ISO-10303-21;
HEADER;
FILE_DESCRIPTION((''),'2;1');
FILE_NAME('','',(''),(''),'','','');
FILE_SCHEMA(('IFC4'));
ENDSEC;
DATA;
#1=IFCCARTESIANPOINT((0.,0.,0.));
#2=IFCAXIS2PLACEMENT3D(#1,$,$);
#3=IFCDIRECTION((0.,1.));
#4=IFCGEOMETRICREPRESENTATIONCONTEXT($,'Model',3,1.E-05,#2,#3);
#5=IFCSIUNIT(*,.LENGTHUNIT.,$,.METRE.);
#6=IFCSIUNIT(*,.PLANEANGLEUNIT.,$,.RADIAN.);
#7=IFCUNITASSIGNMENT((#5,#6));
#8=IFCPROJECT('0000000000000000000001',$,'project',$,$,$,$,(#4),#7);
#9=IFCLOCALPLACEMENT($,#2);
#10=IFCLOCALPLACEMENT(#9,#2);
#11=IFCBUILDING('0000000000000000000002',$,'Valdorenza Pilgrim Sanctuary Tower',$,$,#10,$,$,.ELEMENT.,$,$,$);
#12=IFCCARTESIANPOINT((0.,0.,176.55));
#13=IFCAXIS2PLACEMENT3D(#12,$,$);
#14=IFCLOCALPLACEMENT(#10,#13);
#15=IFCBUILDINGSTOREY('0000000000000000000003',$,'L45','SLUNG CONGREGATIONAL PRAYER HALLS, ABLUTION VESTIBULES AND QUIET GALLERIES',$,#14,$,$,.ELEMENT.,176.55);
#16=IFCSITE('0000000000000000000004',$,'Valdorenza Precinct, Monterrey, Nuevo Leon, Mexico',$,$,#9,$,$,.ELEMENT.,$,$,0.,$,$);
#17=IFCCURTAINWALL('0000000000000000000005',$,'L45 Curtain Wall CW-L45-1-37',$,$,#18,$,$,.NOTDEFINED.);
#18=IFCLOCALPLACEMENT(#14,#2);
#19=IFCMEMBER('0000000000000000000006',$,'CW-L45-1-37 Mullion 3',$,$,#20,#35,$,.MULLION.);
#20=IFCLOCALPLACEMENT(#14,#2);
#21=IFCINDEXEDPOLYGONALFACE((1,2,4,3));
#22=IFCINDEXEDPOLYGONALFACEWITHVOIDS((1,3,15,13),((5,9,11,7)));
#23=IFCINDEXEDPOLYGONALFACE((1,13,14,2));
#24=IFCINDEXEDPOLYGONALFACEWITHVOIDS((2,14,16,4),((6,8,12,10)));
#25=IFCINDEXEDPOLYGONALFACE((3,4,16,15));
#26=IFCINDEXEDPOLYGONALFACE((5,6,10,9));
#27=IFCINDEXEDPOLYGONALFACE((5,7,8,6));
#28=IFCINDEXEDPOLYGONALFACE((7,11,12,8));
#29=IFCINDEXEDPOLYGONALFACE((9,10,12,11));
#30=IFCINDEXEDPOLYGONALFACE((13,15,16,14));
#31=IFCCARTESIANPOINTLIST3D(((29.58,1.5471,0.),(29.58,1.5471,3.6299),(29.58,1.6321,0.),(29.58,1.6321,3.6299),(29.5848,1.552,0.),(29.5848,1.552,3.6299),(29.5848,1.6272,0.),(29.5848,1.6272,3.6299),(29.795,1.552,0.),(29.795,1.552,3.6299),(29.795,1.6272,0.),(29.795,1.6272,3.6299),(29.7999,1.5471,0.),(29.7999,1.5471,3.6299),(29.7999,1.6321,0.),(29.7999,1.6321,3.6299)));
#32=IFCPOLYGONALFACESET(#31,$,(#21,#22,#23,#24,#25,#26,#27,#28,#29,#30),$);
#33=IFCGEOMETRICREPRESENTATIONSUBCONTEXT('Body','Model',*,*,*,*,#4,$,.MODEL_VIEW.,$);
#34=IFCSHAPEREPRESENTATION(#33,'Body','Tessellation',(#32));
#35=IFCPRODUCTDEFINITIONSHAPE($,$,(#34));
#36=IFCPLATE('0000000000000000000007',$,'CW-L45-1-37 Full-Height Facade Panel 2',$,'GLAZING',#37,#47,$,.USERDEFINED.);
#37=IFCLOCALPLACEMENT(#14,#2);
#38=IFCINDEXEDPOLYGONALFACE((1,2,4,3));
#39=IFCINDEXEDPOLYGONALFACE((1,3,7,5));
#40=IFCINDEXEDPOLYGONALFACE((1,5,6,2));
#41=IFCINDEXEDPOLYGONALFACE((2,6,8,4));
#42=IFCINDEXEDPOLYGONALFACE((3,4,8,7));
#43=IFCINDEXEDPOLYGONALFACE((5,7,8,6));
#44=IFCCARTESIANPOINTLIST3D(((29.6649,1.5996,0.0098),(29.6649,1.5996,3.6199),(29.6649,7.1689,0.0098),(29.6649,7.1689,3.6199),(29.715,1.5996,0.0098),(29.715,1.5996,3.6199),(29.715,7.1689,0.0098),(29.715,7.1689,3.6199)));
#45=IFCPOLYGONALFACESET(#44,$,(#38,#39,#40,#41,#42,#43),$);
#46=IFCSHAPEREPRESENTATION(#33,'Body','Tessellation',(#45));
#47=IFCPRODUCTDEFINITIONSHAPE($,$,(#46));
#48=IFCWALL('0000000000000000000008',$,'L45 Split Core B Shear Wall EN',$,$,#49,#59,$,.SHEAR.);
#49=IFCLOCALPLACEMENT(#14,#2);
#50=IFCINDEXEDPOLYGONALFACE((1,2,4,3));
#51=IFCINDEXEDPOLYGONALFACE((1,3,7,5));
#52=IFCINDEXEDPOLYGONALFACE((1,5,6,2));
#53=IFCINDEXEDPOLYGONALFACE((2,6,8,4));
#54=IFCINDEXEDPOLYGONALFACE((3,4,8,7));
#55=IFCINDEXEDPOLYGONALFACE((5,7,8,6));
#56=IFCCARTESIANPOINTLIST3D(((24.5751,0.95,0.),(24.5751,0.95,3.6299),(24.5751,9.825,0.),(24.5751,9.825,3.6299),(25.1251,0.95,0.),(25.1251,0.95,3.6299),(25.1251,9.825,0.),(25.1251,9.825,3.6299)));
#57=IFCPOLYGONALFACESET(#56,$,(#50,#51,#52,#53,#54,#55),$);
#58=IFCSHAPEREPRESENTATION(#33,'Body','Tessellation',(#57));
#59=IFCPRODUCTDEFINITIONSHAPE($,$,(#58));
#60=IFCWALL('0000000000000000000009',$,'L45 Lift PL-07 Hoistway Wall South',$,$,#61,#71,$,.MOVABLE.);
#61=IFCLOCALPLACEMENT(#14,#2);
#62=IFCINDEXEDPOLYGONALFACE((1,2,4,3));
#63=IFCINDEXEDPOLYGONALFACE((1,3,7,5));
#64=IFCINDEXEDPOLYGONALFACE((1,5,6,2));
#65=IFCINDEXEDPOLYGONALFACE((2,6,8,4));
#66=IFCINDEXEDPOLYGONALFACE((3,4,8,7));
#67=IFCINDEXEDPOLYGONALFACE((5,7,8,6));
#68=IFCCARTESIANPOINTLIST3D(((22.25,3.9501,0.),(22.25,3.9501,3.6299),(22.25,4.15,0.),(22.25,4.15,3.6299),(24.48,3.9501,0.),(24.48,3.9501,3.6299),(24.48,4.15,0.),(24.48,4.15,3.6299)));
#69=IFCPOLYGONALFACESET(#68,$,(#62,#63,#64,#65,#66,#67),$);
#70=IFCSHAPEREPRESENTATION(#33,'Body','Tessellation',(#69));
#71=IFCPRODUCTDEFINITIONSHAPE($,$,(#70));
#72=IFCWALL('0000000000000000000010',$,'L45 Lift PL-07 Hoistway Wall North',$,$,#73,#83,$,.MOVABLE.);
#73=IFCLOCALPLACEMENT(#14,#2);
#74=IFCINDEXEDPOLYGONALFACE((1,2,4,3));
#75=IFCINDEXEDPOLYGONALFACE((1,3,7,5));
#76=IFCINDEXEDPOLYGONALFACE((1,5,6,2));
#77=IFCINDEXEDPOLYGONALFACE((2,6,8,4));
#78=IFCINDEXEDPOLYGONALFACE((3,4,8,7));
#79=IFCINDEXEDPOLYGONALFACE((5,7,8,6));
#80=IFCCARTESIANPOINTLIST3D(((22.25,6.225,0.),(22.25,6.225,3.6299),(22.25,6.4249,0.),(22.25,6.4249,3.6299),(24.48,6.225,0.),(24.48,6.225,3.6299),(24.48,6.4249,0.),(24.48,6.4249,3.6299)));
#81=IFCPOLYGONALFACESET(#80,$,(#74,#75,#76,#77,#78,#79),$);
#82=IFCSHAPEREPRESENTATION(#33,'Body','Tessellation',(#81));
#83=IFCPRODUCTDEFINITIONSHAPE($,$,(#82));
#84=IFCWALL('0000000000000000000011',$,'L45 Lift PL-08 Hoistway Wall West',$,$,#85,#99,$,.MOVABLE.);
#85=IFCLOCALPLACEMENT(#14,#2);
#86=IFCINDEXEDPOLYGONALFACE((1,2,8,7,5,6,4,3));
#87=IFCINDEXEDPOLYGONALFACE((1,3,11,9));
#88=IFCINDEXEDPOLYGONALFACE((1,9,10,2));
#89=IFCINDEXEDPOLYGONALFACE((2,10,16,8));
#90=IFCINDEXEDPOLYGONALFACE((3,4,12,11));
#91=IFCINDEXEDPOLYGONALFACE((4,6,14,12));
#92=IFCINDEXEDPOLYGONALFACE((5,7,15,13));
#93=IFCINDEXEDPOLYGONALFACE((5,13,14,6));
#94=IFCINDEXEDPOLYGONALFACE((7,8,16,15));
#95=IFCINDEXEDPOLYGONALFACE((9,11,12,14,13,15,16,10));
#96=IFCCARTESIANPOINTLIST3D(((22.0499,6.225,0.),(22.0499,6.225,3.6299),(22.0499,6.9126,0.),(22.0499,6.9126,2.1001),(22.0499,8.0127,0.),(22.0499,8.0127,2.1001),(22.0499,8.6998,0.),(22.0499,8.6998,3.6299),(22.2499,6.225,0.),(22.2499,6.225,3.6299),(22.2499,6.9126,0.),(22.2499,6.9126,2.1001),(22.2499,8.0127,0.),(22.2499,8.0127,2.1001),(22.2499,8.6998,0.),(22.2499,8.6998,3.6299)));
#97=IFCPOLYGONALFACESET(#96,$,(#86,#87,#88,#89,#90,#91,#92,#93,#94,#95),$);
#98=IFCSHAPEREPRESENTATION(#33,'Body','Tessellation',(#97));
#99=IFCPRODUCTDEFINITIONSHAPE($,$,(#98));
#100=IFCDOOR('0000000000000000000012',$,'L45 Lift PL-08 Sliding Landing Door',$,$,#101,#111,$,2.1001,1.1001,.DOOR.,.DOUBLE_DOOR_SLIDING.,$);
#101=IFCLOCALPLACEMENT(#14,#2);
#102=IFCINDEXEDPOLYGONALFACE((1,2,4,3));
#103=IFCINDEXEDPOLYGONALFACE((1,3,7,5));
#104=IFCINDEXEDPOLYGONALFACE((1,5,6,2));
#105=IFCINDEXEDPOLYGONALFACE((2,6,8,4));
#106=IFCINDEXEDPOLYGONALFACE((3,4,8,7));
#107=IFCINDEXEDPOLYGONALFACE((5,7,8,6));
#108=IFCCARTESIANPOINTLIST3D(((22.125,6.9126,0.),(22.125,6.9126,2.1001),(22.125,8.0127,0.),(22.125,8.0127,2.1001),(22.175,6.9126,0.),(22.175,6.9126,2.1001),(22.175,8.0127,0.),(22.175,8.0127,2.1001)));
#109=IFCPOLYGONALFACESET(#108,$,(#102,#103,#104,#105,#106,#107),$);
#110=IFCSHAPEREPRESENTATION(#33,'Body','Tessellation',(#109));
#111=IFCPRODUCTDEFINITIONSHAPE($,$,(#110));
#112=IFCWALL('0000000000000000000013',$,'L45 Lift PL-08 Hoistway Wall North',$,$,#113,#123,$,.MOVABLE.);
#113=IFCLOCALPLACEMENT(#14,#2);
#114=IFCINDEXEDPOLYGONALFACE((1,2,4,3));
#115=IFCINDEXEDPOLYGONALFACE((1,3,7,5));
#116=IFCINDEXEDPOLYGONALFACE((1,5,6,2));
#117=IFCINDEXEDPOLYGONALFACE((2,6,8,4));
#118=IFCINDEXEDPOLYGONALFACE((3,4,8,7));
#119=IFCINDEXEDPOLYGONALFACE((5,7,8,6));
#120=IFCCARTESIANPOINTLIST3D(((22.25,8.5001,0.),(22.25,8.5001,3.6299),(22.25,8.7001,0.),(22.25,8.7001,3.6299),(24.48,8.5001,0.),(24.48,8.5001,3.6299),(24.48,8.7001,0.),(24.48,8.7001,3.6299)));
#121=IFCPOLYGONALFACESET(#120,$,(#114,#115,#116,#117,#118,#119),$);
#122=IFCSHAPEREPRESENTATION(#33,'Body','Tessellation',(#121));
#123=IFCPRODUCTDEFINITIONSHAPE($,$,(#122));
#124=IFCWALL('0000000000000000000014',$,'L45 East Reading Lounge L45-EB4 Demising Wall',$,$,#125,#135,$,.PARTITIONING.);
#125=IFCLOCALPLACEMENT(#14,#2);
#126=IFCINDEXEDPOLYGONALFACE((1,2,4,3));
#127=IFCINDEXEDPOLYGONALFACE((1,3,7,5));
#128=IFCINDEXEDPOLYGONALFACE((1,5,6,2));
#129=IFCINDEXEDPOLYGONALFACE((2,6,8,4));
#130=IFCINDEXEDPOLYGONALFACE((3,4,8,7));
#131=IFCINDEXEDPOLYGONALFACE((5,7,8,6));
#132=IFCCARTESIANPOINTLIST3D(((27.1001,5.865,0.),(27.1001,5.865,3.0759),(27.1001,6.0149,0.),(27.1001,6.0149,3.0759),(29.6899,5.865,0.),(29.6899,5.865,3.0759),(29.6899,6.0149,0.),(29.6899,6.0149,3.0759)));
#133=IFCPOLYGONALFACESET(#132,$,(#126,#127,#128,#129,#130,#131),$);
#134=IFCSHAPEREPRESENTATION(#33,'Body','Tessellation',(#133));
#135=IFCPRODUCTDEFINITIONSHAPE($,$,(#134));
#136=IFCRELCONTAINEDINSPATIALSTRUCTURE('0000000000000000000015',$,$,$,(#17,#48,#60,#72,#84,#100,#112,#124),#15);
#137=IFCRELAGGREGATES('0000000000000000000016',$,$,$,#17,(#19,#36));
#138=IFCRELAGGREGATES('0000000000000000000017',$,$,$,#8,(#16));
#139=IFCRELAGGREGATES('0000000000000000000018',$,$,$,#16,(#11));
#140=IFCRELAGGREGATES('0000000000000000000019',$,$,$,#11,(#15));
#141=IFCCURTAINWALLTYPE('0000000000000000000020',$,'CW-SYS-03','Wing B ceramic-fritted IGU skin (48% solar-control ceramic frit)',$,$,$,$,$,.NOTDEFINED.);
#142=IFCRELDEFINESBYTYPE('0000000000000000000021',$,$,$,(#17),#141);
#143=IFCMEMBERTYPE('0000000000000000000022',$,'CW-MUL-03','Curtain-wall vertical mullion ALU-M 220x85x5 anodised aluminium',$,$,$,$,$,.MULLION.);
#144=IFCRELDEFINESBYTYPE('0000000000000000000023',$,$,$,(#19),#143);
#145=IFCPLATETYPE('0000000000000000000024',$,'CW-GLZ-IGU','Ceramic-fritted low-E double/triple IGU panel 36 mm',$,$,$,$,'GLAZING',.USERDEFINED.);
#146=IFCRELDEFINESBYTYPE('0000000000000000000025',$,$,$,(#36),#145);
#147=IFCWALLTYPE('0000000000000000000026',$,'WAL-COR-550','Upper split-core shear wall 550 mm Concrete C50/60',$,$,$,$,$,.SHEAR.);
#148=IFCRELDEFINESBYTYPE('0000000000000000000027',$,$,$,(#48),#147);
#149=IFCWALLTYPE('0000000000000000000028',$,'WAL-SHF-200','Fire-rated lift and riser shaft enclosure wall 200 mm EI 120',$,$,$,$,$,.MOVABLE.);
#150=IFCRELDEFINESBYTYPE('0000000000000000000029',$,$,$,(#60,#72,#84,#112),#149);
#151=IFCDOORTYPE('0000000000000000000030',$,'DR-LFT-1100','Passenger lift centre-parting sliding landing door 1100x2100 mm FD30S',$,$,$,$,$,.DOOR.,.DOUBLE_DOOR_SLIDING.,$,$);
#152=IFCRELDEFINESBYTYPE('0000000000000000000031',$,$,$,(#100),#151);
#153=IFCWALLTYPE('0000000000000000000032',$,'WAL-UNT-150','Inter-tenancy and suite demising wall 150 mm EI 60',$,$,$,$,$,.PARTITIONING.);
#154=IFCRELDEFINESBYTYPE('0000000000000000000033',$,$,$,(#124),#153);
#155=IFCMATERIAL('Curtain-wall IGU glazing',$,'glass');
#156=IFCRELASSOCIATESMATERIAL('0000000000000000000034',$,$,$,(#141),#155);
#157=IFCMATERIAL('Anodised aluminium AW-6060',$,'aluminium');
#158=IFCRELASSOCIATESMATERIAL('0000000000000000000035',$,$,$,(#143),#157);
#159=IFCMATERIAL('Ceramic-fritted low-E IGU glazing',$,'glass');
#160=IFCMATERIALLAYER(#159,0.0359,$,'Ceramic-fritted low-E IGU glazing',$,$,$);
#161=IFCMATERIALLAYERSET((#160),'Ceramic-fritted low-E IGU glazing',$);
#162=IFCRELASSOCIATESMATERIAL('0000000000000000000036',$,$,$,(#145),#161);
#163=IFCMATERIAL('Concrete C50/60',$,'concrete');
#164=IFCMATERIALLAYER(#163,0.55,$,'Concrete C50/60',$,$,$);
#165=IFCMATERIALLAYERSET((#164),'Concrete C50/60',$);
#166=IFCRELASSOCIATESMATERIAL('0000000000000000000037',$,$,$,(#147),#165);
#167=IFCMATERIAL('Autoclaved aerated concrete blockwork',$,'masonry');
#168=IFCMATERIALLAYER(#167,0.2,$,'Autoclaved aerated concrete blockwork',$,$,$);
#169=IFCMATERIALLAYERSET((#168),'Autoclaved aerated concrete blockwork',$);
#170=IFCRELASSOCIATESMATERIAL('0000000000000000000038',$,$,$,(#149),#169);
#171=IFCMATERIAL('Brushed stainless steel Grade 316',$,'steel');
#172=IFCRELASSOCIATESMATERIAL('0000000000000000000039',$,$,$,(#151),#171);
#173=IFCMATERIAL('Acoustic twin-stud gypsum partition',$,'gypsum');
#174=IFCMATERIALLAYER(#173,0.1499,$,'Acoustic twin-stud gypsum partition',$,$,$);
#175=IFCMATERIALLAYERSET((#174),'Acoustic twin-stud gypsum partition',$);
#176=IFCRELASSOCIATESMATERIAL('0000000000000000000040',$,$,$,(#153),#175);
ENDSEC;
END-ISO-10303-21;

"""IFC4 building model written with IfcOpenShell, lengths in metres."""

from ifc_helpers import new_model, si_unit, direction, frame, frame_2d, origin, origin_2d, place, context, subcontext, project, spatial, rectangle, hollow_rectangle, extrude, source, transform, mapped, material, layer, layer_set, material_profile, profile_set, type_object, element, fill, aggregate, save


model = new_model("IFC4")

# Units and contexts
model_context = context("Model", 3, precision=1e-05, world=origin(), true_north=direction((0.0, 1.0)))
body_context = subcontext(model_context, "Body", "Model", "MODEL_VIEW")
ifc_project = project(units=[si_unit("LENGTHUNIT", "METRE"), si_unit("PLANEANGLEUNIT", "RADIAN")], contexts=[model_context])

# Site, building, storey
site_placement = place(None, origin())
site = spatial("IfcSite", under=ifc_project, at=site_placement, Name="Valdorenza Precinct, Monterrey, Nuevo Leon, Mexico", CompositionType="ELEMENT", RefElevation=0.0)
building_placement = place(site_placement, origin())
building = spatial("IfcBuilding", under=site, at=building_placement, Name="Valdorenza Pilgrim Sanctuary Tower", CompositionType="ELEMENT")
storey_placement = place(building_placement, frame((0.0, 0.0, 176.55)))
storey = spatial("IfcBuildingStorey", under=building, at=storey_placement, Name="L45", Description="SLUNG CONGREGATIONAL PRAYER HALLS, ABLUTION VESTIBULES AND QUIET GALLERIES", CompositionType="ELEMENT", Elevation=176.55)

# Curtain wall, member, plate
ifc_material_1 = material(Name="Curtain-wall IGU glazing", Category="glass")
curtain_wall_type = type_object("IfcCurtainWallType", Name="CW-SYS-03", Description="Wing B ceramic-fritted IGU skin (48% solar-control ceramic frit)", PredefinedType="NOTDEFINED", material=ifc_material_1)
curtain_wall_placement = place(storey_placement, origin())
curtain_wall = element("IfcCurtainWall", 1, at=curtain_wall_placement, inside=storey, type_object=curtain_wall_type, Name="L45 Curtain Wall CW-L45-1-37", PredefinedType="NOTDEFINED")
ifc_material_2 = material(Name="Anodised aluminium AW-6060", Category="aluminium")
ifc_material_profile_1 = material_profile(ifc_material_2, hollow_rectangle(XDim=0.085, YDim=0.22, WallThickness=0.0049, at=origin_2d()), Name="ALU-M 220x85x5")
ifc_profile_set_1 = profile_set([ifc_material_profile_1], Name="Anodised aluminium AW-6060")
member_type = type_object("IfcMemberType", Name="CW-MUL-03", Description="Curtain-wall vertical mullion ALU-M 220x85x5 anodised aluminium", PredefinedType="MULLION", material=ifc_profile_set_1)
shared_shape_1 = source(origin(), body_context, "Body", "SweptSolid", [
    extrude(hollow_rectangle(XDim=0.085, YDim=0.22, WallThickness=0.0049, at=origin_2d()), origin(), (0.0, 0.0, 1.0), 3.6299),
])
member_1_placement = place(storey_placement, frame((29.6899, 1.5896, 0.0), z_axis=(0.0, 0.0, 1.0), x_axis=(0.0, -1.0, 0.0)))
member_1 = element("IfcMember", 2, at=member_1_placement, type_object=member_type, Name="CW-L45-1-37 Mullion 3", PredefinedType="MULLION", context=body_context, shape_type="MappedRepresentation", body=[
    mapped(shared_shape_1, transform((0.0, 0.0, 0.0), x_axis=(1.0, 0.0, 0.0), y_axis=(0.0, 1.0, 0.0), z_axis=(0.0, 0.0, 1.0), scale=1.0)),
])
ifc_material_3 = material(Name="Ceramic-fritted low-E IGU glazing", Category="glass")
ifc_layer_1 = layer(ifc_material_3, 0.0359, Name="Ceramic-fritted low-E IGU glazing")
ifc_layer_set_1 = layer_set([ifc_layer_1], Name="Ceramic-fritted low-E IGU glazing")
plate_type = type_object("IfcPlateType", Name="CW-GLZ-IGU", Description="Ceramic-fritted low-E double/triple IGU panel 36 mm", ElementType="GLAZING", PredefinedType="USERDEFINED", material=ifc_layer_set_1)
shared_shape_2 = source(origin(), body_context, "Body", "SweptSolid", [
    extrude(rectangle(XDim=5.5693, YDim=0.05, at=origin_2d()), origin(), (0.0, 0.0, 1.0), 3.6101),
])
plate_placement = place(storey_placement, frame((29.6899, 4.3843, 0.0098), z_axis=(0.0, 0.0, 1.0), x_axis=(0.0, -1.0, 0.0)))
plate = element("IfcPlate", 3, at=plate_placement, type_object=plate_type, Name="CW-L45-1-37 Full-Height Facade Panel 2", ObjectType="GLAZING", PredefinedType="USERDEFINED", context=body_context, shape_type="MappedRepresentation", body=[
    mapped(shared_shape_2, transform((0.0, 0.0, 0.0), x_axis=(1.0, 0.0, 0.0), y_axis=(0.0, 1.0, 0.0), z_axis=(0.0, 0.0, 1.0), scale=1.0)),
])
aggregate(curtain_wall, [member_1, plate])

# Walls
ifc_material_4 = material(Name="Concrete C50/60", Category="concrete")
ifc_layer_2 = layer(ifc_material_4, 0.55, Name="Concrete C50/60")
ifc_layer_set_2 = layer_set([ifc_layer_2], Name="Concrete C50/60")
wall_type_1 = type_object("IfcWallType", Name="WAL-COR-550", Description="Upper split-core shear wall 550 mm Concrete C50/60", PredefinedType="SHEAR", material=ifc_layer_set_2)
wall_1_placement = place(storey_placement, frame((24.8501, 0.95, 0.0), z_axis=(0.0, 0.0, 1.0), x_axis=(0.0, 1.0, 0.0)))
element("IfcWall", 4, at=wall_1_placement, inside=storey, type_object=wall_type_1, Name="L45 Split Core B Shear Wall EN", PredefinedType="SHEAR", context=body_context, shape_type="SweptSolid", body=[
    extrude(rectangle(XDim=8.875, YDim=0.55, at=frame_2d((4.4375, 0.0))), origin(), (0.0, 0.0, 1.0), 3.6299),
])
ifc_material_5 = material(Name="Autoclaved aerated concrete blockwork", Category="masonry")
ifc_layer_3 = layer(ifc_material_5, 0.2, Name="Autoclaved aerated concrete blockwork")
ifc_layer_set_3 = layer_set([ifc_layer_3], Name="Autoclaved aerated concrete blockwork")
wall_type_2 = type_object("IfcWallType", Name="WAL-SHF-200", Description="Fire-rated lift and riser shaft enclosure wall 200 mm EI 120", PredefinedType="MOVABLE", material=ifc_layer_set_3)
for number, where, z_axis, x_axis, name in (
    (5, (22.25, 4.05, 0.0), (0.0, 0.0, 1.0), (1.0, 0.0, 0.0), "L45 Lift PL-07 Hoistway Wall South"),
    (6, (22.25, 6.325, 0.0), (0.0, 0.0, 1.0), (1.0, 0.0, 0.0), "L45 Lift PL-07 Hoistway Wall North"),
):
    element("IfcWall", number, at=place(storey_placement, frame(where, z_axis=z_axis, x_axis=x_axis)), inside=storey, type_object=wall_type_2, Name=name, PredefinedType="MOVABLE", context=body_context, shape_type="SweptSolid", body=[
        extrude(rectangle(XDim=2.23, YDim=0.2, at=frame_2d((1.115, 0.0))), origin(), (0.0, 0.0, 1.0), 3.6299),
    ])

# Wall, opening, door
wall_2_placement = place(storey_placement, frame((22.1499, 6.2251, 0.0), z_axis=(0.0, 0.0, 1.0), x_axis=(0.0, 1.0, 0.0)))
wall_2 = element("IfcWall", 7, at=wall_2_placement, inside=storey, type_object=wall_type_2, Name="L45 Lift PL-08 Hoistway Wall West", PredefinedType="MOVABLE", context=body_context, shape_type="SweptSolid", body=[
    extrude(rectangle(XDim=2.4749, YDim=0.2, at=frame_2d((1.2373, 0.0))), origin(), (0.0, 0.0, 1.0), 3.6299),
])
opening_placement = place(wall_2_placement, frame((0.6875, 0.0, 0.0)))
opening = element("IfcOpeningElement", 8, at=opening_placement, cuts=wall_2, PredefinedType="OPENING", context=body_context, shape_type="SweptSolid", body=[
    extrude(rectangle(XDim=1.1001, YDim=2.1001, at=frame_2d((0.55, 1.05))), frame((0.0, 0.1147, 0.0), z_axis=(0.0, -1.0, 0.0), x_axis=(1.0, 0.0, 0.0)), (0.0, 0.0, 1.0), 0.2297),
])
ifc_material_6 = material(Name="Brushed stainless steel Grade 316", Category="steel")
door_type = type_object("IfcDoorType", Name="DR-LFT-1100", Description="Passenger lift centre-parting sliding landing door 1100x2100 mm FD30S", OperationType="DOUBLE_DOOR_SLIDING", PredefinedType="DOOR", material=ifc_material_6)
door_placement = place(opening_placement, origin())
door = element("IfcDoor", 9, at=door_placement, inside=storey, type_object=door_type, Name="L45 Lift PL-08 Sliding Landing Door", OperationType="DOUBLE_DOOR_SLIDING", OverallHeight=2.1001, OverallWidth=1.1001, PredefinedType="DOOR", context=body_context, shape_type="SweptSolid", body=[
    extrude(rectangle(XDim=1.1001, YDim=2.1001, at=frame_2d((0.55, 1.05))), frame((0.0, 0.0249, 0.0), z_axis=(0.0, -1.0, 0.0), x_axis=(1.0, 0.0, 0.0)), (0.0, 0.0, 1.0), 0.05),
])
fill(opening, door)

# Walls
wall_3_placement = place(storey_placement, frame((22.25, 8.6001, 0.0), z_axis=(0.0, 0.0, 1.0), x_axis=(1.0, 0.0, 0.0)))
element("IfcWall", 10, at=wall_3_placement, inside=storey, type_object=wall_type_2, Name="L45 Lift PL-08 Hoistway Wall North", PredefinedType="MOVABLE", context=body_context, shape_type="SweptSolid", body=[
    extrude(rectangle(XDim=2.23, YDim=0.2, at=frame_2d((1.115, 0.0))), origin(), (0.0, 0.0, 1.0), 3.6299),
])
ifc_material_7 = material(Name="Acoustic twin-stud gypsum partition", Category="gypsum")
ifc_layer_4 = layer(ifc_material_7, 0.1499, Name="Acoustic twin-stud gypsum partition")
ifc_layer_set_4 = layer_set([ifc_layer_4], Name="Acoustic twin-stud gypsum partition")
wall_type_3 = type_object("IfcWallType", Name="WAL-UNT-150", Description="Inter-tenancy and suite demising wall 150 mm EI 60", PredefinedType="PARTITIONING", material=ifc_layer_set_4)
wall_4_placement = place(storey_placement, frame((27.1001, 5.9399, 0.0), z_axis=(0.0, 0.0, 1.0), x_axis=(1.0, 0.0, 0.0)))
element("IfcWall", 11, at=wall_4_placement, inside=storey, type_object=wall_type_3, Name="L45 East Reading Lounge L45-EB4 Demising Wall", PredefinedType="PARTITIONING", context=body_context, shape_type="SweptSolid", body=[
    extrude(rectangle(XDim=2.5898, YDim=0.1499, at=frame_2d((1.2949, 0.0))), origin(), (0.0, 0.0, 1.0), 3.0759),
])

save(model, "model.ifc")
